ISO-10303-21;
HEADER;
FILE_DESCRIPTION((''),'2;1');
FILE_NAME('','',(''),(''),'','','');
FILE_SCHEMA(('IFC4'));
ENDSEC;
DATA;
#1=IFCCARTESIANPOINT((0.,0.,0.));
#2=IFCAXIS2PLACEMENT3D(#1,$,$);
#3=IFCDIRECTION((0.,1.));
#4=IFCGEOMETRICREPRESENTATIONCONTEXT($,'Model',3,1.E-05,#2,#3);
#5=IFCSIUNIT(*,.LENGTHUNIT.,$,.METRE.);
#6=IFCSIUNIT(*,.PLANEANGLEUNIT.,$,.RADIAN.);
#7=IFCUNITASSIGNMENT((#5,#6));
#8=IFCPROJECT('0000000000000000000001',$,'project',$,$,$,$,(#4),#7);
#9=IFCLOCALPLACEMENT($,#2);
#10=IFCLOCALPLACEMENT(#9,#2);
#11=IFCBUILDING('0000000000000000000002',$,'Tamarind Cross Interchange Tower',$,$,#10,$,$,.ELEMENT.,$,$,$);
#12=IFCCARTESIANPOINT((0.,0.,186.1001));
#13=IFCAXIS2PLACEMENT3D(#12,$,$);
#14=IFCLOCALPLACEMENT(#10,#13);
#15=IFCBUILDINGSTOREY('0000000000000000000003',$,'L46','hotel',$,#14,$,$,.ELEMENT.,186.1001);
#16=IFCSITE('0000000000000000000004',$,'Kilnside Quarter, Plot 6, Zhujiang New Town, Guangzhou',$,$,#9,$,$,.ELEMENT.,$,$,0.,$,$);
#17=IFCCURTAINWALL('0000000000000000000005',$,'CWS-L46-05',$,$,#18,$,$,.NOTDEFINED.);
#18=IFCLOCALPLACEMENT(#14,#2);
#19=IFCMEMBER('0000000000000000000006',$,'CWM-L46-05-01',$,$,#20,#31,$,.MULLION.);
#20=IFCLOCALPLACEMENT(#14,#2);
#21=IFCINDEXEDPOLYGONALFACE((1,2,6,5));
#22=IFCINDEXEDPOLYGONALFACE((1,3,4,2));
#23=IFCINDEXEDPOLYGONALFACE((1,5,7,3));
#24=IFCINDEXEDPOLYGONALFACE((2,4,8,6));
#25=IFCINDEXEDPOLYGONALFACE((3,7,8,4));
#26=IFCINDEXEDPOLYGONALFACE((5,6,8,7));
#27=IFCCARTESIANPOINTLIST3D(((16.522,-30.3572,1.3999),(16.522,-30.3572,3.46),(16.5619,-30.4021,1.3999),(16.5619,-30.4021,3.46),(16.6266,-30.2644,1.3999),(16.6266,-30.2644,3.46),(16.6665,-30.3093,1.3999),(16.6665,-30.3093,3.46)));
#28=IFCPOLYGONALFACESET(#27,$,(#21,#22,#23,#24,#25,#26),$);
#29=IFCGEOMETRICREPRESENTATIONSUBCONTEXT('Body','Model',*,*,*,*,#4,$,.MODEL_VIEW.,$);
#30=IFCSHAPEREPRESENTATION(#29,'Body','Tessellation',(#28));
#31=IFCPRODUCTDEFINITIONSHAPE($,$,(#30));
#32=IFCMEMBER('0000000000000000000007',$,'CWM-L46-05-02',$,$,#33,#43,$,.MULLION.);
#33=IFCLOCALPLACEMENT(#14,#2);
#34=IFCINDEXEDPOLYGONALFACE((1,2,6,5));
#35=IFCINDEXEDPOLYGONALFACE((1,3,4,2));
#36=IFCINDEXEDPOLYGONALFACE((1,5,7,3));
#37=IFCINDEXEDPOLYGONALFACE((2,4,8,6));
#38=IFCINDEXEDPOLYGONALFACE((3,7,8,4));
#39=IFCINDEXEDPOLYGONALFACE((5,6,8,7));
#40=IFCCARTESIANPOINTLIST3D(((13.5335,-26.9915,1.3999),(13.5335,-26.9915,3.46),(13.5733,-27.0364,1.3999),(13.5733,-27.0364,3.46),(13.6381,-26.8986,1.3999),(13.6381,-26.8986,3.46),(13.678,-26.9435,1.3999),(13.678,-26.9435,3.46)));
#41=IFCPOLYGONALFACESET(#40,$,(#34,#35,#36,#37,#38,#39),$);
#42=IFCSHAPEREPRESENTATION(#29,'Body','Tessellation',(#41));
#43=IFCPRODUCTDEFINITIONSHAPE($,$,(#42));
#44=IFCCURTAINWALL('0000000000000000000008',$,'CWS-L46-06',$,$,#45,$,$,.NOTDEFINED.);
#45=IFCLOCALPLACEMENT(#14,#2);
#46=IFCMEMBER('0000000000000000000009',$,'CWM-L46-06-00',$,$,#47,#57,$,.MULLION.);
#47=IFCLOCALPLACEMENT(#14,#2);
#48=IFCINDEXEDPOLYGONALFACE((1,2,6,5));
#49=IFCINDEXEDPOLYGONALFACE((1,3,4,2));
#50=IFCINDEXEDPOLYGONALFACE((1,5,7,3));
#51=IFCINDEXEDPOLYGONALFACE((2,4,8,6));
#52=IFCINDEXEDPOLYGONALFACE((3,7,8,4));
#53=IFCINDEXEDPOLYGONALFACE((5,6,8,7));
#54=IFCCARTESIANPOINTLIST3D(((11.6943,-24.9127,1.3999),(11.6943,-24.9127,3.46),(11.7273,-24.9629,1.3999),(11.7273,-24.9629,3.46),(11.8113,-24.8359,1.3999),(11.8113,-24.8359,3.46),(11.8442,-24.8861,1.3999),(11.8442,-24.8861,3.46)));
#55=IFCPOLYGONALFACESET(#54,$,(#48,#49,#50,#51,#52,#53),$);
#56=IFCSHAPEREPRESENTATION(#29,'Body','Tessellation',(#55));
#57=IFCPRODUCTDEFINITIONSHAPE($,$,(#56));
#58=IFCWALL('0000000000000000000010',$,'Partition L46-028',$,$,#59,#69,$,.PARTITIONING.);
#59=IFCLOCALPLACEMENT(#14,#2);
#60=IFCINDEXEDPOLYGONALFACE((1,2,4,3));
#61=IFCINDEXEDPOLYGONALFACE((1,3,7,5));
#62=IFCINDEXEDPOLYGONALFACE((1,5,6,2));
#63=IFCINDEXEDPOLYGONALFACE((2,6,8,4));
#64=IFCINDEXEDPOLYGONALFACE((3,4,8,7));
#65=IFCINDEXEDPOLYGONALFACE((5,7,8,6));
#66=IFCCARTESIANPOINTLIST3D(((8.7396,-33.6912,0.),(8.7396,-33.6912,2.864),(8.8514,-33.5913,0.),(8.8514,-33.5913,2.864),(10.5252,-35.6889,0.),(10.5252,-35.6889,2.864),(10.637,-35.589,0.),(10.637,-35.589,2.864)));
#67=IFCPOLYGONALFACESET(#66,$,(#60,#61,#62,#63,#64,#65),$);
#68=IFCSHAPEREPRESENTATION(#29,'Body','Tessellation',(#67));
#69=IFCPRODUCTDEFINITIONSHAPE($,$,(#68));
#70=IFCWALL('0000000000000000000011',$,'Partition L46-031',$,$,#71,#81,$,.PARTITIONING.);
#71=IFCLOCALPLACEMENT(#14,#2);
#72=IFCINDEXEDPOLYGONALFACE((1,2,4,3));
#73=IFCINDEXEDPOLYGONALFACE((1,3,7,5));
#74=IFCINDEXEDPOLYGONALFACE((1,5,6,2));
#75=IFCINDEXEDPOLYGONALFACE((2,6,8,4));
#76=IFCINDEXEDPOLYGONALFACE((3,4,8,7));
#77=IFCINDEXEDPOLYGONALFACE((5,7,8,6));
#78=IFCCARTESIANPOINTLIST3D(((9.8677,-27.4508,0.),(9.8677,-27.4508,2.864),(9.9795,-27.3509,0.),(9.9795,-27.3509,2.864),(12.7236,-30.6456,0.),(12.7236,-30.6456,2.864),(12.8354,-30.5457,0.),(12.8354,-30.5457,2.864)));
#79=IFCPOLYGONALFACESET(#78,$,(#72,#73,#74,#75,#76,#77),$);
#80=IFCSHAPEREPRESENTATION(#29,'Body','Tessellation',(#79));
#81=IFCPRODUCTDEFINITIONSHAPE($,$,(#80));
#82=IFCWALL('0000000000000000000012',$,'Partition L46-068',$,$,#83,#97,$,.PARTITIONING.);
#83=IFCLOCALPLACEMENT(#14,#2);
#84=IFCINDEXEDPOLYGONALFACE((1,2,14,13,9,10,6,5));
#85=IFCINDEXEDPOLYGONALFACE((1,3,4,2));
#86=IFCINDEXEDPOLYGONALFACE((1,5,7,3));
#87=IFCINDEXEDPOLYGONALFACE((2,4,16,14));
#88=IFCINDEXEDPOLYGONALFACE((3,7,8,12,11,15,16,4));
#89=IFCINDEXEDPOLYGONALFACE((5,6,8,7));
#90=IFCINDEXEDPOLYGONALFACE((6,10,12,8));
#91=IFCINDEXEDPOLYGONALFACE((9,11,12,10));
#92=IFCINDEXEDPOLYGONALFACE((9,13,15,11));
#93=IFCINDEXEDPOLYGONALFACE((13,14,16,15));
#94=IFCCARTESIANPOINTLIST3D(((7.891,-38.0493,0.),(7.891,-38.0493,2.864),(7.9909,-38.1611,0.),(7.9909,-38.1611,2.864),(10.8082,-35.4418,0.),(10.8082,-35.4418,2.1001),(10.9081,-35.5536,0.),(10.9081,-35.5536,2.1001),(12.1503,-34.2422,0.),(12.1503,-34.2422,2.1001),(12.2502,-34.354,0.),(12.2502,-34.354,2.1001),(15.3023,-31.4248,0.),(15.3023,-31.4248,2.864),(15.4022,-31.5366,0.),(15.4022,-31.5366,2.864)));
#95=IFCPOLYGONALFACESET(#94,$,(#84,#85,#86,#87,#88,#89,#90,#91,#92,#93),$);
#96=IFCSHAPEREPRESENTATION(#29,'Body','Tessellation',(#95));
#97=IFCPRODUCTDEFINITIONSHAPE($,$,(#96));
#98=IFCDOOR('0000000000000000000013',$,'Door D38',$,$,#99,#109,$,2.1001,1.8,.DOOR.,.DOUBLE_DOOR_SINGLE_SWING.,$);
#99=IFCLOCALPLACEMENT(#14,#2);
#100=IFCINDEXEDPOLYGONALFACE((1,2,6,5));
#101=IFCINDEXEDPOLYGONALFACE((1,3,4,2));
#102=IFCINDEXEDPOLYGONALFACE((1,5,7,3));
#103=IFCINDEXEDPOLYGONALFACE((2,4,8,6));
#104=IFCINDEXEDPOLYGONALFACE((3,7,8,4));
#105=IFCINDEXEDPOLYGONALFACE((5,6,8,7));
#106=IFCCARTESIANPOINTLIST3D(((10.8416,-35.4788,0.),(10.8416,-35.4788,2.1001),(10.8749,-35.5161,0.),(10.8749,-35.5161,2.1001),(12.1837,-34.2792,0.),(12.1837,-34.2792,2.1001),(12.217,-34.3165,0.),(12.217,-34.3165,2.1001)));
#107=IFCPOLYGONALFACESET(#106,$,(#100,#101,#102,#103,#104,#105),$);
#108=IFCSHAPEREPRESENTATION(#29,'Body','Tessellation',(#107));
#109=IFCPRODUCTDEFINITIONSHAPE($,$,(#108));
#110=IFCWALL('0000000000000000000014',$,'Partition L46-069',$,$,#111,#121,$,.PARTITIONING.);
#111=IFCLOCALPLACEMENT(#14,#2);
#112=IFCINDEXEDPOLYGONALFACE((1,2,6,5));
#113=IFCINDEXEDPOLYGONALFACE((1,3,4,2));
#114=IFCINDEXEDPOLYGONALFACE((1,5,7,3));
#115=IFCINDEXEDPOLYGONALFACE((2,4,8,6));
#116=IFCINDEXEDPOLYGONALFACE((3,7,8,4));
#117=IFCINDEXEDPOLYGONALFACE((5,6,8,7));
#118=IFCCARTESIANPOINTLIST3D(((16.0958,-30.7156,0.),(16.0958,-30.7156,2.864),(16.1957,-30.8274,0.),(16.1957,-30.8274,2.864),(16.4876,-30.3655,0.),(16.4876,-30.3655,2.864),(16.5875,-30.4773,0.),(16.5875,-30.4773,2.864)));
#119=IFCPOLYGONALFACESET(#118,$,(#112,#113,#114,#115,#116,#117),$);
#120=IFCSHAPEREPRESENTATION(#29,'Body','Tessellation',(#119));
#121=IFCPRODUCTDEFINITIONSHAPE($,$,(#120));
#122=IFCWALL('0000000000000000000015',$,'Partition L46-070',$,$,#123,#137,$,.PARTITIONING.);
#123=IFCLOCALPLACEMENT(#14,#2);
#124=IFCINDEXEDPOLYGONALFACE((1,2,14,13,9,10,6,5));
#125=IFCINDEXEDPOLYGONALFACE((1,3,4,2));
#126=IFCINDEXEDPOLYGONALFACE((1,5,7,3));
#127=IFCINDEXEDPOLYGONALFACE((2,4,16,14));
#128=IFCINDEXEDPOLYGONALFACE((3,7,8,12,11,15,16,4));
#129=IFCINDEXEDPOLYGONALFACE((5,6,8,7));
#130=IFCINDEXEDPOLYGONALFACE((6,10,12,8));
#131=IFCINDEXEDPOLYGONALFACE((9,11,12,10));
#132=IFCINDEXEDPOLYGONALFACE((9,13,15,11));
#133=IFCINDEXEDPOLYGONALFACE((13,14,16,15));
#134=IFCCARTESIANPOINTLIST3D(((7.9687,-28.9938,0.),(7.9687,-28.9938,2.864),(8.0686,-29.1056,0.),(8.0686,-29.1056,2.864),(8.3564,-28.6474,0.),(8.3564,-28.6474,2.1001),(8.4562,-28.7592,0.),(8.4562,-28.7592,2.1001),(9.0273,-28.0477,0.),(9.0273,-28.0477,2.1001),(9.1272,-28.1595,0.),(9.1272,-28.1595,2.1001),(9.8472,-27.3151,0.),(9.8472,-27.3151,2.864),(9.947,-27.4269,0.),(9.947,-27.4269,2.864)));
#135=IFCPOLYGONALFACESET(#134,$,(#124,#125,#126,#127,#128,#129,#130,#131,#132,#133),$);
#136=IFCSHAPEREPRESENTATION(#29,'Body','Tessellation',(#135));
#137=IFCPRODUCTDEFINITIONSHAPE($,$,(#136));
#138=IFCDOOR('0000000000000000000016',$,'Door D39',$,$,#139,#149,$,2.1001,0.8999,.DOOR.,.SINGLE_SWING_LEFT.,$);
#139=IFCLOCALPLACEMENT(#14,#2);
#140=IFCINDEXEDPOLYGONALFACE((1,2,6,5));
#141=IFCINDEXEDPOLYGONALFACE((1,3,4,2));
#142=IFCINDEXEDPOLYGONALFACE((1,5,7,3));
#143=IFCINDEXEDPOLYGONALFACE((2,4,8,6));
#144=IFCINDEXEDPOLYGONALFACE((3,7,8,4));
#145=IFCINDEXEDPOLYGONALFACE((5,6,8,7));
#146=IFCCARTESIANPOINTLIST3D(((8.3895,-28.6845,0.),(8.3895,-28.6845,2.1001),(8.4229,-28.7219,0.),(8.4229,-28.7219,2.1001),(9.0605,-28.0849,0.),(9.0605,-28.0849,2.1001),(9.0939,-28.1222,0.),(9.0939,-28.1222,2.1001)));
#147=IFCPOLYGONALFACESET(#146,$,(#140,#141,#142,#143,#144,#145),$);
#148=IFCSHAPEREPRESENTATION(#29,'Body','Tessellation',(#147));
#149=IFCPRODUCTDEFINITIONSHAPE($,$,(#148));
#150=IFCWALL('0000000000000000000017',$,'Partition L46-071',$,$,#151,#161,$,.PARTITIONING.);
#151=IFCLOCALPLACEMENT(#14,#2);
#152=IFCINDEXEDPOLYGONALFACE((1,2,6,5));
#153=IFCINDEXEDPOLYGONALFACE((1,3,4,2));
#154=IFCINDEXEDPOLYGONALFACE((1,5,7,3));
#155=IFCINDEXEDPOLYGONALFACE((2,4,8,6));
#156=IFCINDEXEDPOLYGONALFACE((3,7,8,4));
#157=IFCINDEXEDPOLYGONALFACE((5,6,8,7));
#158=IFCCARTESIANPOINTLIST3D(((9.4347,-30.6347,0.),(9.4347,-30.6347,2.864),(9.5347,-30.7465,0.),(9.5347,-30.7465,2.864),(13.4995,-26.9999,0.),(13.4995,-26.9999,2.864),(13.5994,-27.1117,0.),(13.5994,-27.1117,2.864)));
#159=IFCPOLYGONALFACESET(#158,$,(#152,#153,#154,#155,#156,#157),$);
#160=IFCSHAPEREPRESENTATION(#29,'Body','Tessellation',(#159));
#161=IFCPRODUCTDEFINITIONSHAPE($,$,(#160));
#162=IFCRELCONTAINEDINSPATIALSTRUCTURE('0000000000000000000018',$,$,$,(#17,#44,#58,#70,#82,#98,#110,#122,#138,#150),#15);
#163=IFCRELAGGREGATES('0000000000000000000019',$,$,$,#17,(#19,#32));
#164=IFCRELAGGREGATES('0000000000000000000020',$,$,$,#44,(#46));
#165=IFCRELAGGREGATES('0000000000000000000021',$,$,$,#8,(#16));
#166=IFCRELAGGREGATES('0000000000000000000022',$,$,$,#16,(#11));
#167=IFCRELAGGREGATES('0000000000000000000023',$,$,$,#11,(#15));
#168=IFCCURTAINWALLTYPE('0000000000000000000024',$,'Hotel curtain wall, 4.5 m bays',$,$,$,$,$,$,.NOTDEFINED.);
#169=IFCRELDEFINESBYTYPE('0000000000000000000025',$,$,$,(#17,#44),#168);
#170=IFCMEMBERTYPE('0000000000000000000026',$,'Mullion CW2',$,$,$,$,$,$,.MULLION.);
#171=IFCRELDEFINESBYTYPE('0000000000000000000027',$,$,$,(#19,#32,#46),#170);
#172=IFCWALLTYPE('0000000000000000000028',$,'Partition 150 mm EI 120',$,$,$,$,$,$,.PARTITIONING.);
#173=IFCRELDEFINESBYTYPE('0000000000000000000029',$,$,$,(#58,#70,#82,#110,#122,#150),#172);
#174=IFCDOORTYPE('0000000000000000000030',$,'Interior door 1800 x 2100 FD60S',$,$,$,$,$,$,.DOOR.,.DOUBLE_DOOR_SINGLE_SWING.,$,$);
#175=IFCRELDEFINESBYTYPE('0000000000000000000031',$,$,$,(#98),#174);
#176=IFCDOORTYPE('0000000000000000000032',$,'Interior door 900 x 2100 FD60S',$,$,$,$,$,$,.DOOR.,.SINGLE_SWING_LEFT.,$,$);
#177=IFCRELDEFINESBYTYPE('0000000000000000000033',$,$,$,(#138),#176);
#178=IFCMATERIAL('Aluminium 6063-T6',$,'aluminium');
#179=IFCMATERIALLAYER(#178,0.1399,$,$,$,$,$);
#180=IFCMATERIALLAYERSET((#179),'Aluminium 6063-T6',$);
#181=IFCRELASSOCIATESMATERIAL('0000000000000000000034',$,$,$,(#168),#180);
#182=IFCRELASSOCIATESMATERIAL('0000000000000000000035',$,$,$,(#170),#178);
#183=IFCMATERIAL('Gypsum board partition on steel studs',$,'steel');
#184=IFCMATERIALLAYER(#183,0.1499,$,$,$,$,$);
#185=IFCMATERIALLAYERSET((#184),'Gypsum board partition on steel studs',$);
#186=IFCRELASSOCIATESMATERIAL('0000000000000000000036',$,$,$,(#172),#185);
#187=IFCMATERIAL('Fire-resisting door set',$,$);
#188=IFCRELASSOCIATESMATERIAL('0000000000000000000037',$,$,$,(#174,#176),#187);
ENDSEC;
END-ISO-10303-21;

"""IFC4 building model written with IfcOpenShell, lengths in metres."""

from ifc_helpers import new_model, si_unit, direction, frame, frame_2d, origin, origin_2d, place, context, subcontext, project, spatial, rectangle, extrude, material, layer, layer_set, material_profile, profile_set, type_object, element, fill, aggregate, save


model = new_model("IFC4")

# Units and contexts
model_context = context("Model", 3, precision=1e-05, world=origin(), true_north=direction((0.0, 1.0)))
body_context = subcontext(model_context, "Body", "Model", "MODEL_VIEW")
ifc_project = project(units=[si_unit("LENGTHUNIT", "METRE"), si_unit("PLANEANGLEUNIT", "RADIAN")], contexts=[model_context])

# Site, building, storey
site_placement = place(None, origin())
site = spatial("IfcSite", under=ifc_project, at=site_placement, Name="Kilnside Quarter, Plot 6, Zhujiang New Town, Guangzhou", CompositionType="ELEMENT", RefElevation=0.0)
building_placement = place(site_placement, origin())
building = spatial("IfcBuilding", under=site, at=building_placement, Name="Tamarind Cross Interchange Tower", CompositionType="ELEMENT")
storey_placement = place(building_placement, frame((0.0, 0.0, 186.1001)))
storey = spatial("IfcBuildingStorey", under=building, at=storey_placement, Name="L46", Description="hotel", CompositionType="ELEMENT", Elevation=186.1001)

# Curtain wall, members
ifc_material_1 = material(Name="Aluminium 6063-T6", Category="aluminium")
ifc_layer_1 = layer(ifc_material_1, 0.1399)
ifc_layer_set_1 = layer_set([ifc_layer_1], Name="Aluminium 6063-T6")
curtain_wall_type = type_object("IfcCurtainWallType", Name="Hotel curtain wall, 4.5 m bays", PredefinedType="NOTDEFINED", material=ifc_layer_set_1)
ifc_material_profile_1 = material_profile(ifc_material_1, rectangle(XDim=0.0601, YDim=0.1399, at=origin_2d()), Name="Mullion CW2")
ifc_profile_set_1 = profile_set([ifc_material_profile_1], Name="Aluminium 6063-T6")
member_type = type_object("IfcMemberType", Name="Mullion CW2", PredefinedType="MULLION", material=ifc_profile_set_1)
curtain_wall_1_placement = place(storey_placement, origin())
curtain_wall_1 = element("IfcCurtainWall", 1, at=curtain_wall_1_placement, inside=storey, type_object=curtain_wall_type, Name="CWS-L46-05", PredefinedType="NOTDEFINED")
member_1_placement = place(storey_placement, frame((16.5942, -30.3333, 1.3999), z_axis=(0.0, 0.0, 1.0), x_axis=(-0.66395, 0.747777, 0.0)))
member_1 = element("IfcMember", 2, at=member_1_placement, type_object=member_type, Name="CWM-L46-05-01", PredefinedType="MULLION", context=body_context, shape_type="SweptSolid", body=[
    extrude(rectangle(XDim=0.0601, YDim=0.1399, at=origin_2d()), origin(), (0.0, 0.0, 1.0), 2.0601),
])
member_2_placement = place(storey_placement, frame((13.6057, -26.9675, 1.3999), z_axis=(0.0, 0.0, 1.0), x_axis=(-0.66395, 0.747777, 0.0)))
member_2 = element("IfcMember", 3, at=member_2_placement, type_object=member_type, Name="CWM-L46-05-02", PredefinedType="MULLION", context=body_context, shape_type="SweptSolid", body=[
    extrude(rectangle(XDim=0.0601, YDim=0.1399, at=origin_2d()), origin(), (0.0, 0.0, 1.0), 2.0601),
])
aggregate(curtain_wall_1, [member_1, member_2])

# Curtain wall, member
curtain_wall_2_placement = place(storey_placement, origin())
curtain_wall_2 = element("IfcCurtainWall", 4, at=curtain_wall_2_placement, inside=storey, type_object=curtain_wall_type, Name="CWS-L46-06", PredefinedType="NOTDEFINED")
member_3_placement = place(storey_placement, frame((11.7693, -24.8994, 1.3999), z_axis=(0.0, 0.0, 1.0), x_axis=(-0.548731, 0.835999, 0.0)))
member_3 = element("IfcMember", 5, at=member_3_placement, type_object=member_type, Name="CWM-L46-06-00", PredefinedType="MULLION", context=body_context, shape_type="SweptSolid", body=[
    extrude(rectangle(XDim=0.0601, YDim=0.1399, at=origin_2d()), origin(), (0.0, 0.0, 1.0), 2.0601),
])
aggregate(curtain_wall_2, [member_3])

# Walls
ifc_material_2 = material(Name="Gypsum board partition on steel studs", Category="steel")
ifc_layer_2 = layer(ifc_material_2, 0.1499)
ifc_layer_set_2 = layer_set([ifc_layer_2], Name="Gypsum board partition on steel studs")
wall_type = type_object("IfcWallType", Name="Partition 150 mm EI 120", PredefinedType="PARTITIONING", material=ifc_layer_set_2)
wall_1_placement = place(storey_placement, frame((8.7954, -33.6411, 0.0), z_axis=(0.0, 0.0, 1.0), x_axis=(0.666409, -0.745587, 0.0)))
element("IfcWall", 6, at=wall_1_placement, inside=storey, type_object=wall_type, Name="Partition L46-028", PredefinedType="PARTITIONING", context=body_context, shape_type="SweptSolid", body=[
    extrude(rectangle(XDim=2.6794, YDim=0.1499, at=frame_2d((1.3398, 0.0))), origin(), (0.0, 0.0, 1.0), 2.864),
])
wall_2_placement = place(storey_placement, frame((9.9236, -27.4009, 0.0), z_axis=(0.0, 0.0, 1.0), x_axis=(0.666462, -0.745539, 0.0)))
element("IfcWall", 7, at=wall_2_placement, inside=storey, type_object=wall_type, Name="Partition L46-031", PredefinedType="PARTITIONING", context=body_context, shape_type="SweptSolid", body=[
    extrude(rectangle(XDim=4.2852, YDim=0.1499, at=frame_2d((2.1426, 0.0))), origin(), (0.0, 0.0, 1.0), 2.864),
])

# Wall, opening, door
wall_3_placement = place(storey_placement, frame((7.9409, -38.1052, 0.0), z_axis=(0.0, 0.0, 1.0), x_axis=(0.745577, 0.666419, 0.0)))
wall_3 = element("IfcWall", 8, at=wall_3_placement, inside=storey, type_object=wall_type, Name="Partition L46-068", PredefinedType="PARTITIONING", context=body_context, shape_type="SweptSolid", body=[
    extrude(rectangle(XDim=9.9404, YDim=0.1499, at=frame_2d((4.9702, 0.0))), origin(), (0.0, 0.0, 1.0), 2.864),
])
opening_1_placement = place(wall_3_placement, frame((3.9128, 0.0, 0.0)))
opening_1 = element("IfcOpeningElement", 9, at=opening_1_placement, cuts=wall_3, PredefinedType="OPENING", context=body_context, shape_type="SweptSolid", body=[
    extrude(rectangle(XDim=1.8, YDim=2.1001, at=frame_2d((0.8999, 1.05))), frame((0.0, 0.085, 0.0), z_axis=(0.0, -1.0, 0.0), x_axis=(1.0, 0.0, 0.0)), (0.0, 0.0, 1.0), 0.1699),
])
ifc_material_3 = material(Name="Fire-resisting door set")
door_type_1 = type_object("IfcDoorType", Name="Interior door 1800 x 2100 FD60S", OperationType="DOUBLE_DOOR_SINGLE_SWING", PredefinedType="DOOR", material=ifc_material_3)
door_1_placement = place(opening_1_placement, frame((1.8, 0.0, 0.0), z_axis=(0.0, 0.0, 1.0), x_axis=(-1.0, 0.0, 0.0)))
door_1 = element("IfcDoor", 10, at=door_1_placement, inside=storey, type_object=door_type_1, Name="Door D38", OperationType="DOUBLE_DOOR_SINGLE_SWING", OverallHeight=2.1001, OverallWidth=1.8, PredefinedType="DOOR", context=body_context, shape_type="SweptSolid", body=[
    extrude(rectangle(XDim=1.8, YDim=2.1001, at=frame_2d((0.8999, 1.05))), frame((0.0, 0.0249, 0.0), z_axis=(0.0, -1.0, 0.0), x_axis=(1.0, 0.0, 0.0)), (0.0, 0.0, 1.0), 0.05),
])
fill(opening_1, door_1)

# Wall
wall_4_placement = place(storey_placement, frame((16.1458, -30.7715, 0.0), z_axis=(0.0, 0.0, 1.0), x_axis=(0.745715, 0.666265, 0.0)))
element("IfcWall", 11, at=wall_4_placement, inside=storey, type_object=wall_type, Name="Partition L46-069", PredefinedType="PARTITIONING", context=body_context, shape_type="SweptSolid", body=[
    extrude(rectangle(XDim=0.5254, YDim=0.1499, at=frame_2d((0.2627, 0.0))), origin(), (0.0, 0.0, 1.0), 2.864),
])

# Wall, opening, door
wall_5_placement = place(storey_placement, frame((8.0186, -29.0498, 0.0), z_axis=(0.0, 0.0, 1.0), x_axis=(0.745632, 0.666358, 0.0)))
wall_5 = element("IfcWall", 12, at=wall_5_placement, inside=storey, type_object=wall_type, Name="Partition L46-070", PredefinedType="PARTITIONING", context=body_context, shape_type="SweptSolid", body=[
    extrude(rectangle(XDim=2.5193, YDim=0.1499, at=frame_2d((1.2598, 0.0))), origin(), (0.0, 0.0, 1.0), 2.864),
])
opening_2_placement = place(wall_5_placement, frame((0.52, 0.0, 0.0)))
opening_2 = element("IfcOpeningElement", 13, at=opening_2_placement, cuts=wall_5, PredefinedType="OPENING", context=body_context, shape_type="SweptSolid", body=[
    extrude(rectangle(XDim=0.8999, YDim=2.1001, at=frame_2d((0.45, 1.05))), frame((0.0, 0.085, 0.0), z_axis=(0.0, -1.0, 0.0), x_axis=(1.0, 0.0, 0.0)), (0.0, 0.0, 1.0), 0.1699),
])
door_type_2 = type_object("IfcDoorType", Name="Interior door 900 x 2100 FD60S", OperationType="SINGLE_SWING_LEFT", PredefinedType="DOOR", material=ifc_material_3)
door_2_placement = place(opening_2_placement, frame((0.8999, 0.0, 0.0), z_axis=(0.0, 0.0, 1.0), x_axis=(-1.0, 0.0, 0.0)))
door_2 = element("IfcDoor", 14, at=door_2_placement, inside=storey, type_object=door_type_2, Name="Door D39", OperationType="SINGLE_SWING_LEFT", OverallHeight=2.1001, OverallWidth=0.8999, PredefinedType="DOOR", context=body_context, shape_type="SweptSolid", body=[
    extrude(rectangle(XDim=0.8999, YDim=2.1001, at=frame_2d((0.45, 1.05))), frame((0.0, 0.0249, 0.0), z_axis=(0.0, -1.0, 0.0), x_axis=(1.0, 0.0, 0.0)), (0.0, 0.0, 1.0), 0.05),
])
fill(opening_2, door_2)

# Wall
wall_6_placement = place(storey_placement, frame((9.4846, -30.6907, 0.0), z_axis=(0.0, 0.0, 1.0), x_axis=(0.74543, 0.666584, 0.0)))
element("IfcWall", 15, at=wall_6_placement, inside=storey, type_object=wall_type, Name="Partition L46-071", PredefinedType="PARTITIONING", context=body_context, shape_type="SweptSolid", body=[
    extrude(rectangle(XDim=5.4529, YDim=0.1499, at=frame_2d((2.7266, 0.0))), origin(), (0.0, 0.0, 1.0), 2.864),
])

save(model, "model.ifc")
